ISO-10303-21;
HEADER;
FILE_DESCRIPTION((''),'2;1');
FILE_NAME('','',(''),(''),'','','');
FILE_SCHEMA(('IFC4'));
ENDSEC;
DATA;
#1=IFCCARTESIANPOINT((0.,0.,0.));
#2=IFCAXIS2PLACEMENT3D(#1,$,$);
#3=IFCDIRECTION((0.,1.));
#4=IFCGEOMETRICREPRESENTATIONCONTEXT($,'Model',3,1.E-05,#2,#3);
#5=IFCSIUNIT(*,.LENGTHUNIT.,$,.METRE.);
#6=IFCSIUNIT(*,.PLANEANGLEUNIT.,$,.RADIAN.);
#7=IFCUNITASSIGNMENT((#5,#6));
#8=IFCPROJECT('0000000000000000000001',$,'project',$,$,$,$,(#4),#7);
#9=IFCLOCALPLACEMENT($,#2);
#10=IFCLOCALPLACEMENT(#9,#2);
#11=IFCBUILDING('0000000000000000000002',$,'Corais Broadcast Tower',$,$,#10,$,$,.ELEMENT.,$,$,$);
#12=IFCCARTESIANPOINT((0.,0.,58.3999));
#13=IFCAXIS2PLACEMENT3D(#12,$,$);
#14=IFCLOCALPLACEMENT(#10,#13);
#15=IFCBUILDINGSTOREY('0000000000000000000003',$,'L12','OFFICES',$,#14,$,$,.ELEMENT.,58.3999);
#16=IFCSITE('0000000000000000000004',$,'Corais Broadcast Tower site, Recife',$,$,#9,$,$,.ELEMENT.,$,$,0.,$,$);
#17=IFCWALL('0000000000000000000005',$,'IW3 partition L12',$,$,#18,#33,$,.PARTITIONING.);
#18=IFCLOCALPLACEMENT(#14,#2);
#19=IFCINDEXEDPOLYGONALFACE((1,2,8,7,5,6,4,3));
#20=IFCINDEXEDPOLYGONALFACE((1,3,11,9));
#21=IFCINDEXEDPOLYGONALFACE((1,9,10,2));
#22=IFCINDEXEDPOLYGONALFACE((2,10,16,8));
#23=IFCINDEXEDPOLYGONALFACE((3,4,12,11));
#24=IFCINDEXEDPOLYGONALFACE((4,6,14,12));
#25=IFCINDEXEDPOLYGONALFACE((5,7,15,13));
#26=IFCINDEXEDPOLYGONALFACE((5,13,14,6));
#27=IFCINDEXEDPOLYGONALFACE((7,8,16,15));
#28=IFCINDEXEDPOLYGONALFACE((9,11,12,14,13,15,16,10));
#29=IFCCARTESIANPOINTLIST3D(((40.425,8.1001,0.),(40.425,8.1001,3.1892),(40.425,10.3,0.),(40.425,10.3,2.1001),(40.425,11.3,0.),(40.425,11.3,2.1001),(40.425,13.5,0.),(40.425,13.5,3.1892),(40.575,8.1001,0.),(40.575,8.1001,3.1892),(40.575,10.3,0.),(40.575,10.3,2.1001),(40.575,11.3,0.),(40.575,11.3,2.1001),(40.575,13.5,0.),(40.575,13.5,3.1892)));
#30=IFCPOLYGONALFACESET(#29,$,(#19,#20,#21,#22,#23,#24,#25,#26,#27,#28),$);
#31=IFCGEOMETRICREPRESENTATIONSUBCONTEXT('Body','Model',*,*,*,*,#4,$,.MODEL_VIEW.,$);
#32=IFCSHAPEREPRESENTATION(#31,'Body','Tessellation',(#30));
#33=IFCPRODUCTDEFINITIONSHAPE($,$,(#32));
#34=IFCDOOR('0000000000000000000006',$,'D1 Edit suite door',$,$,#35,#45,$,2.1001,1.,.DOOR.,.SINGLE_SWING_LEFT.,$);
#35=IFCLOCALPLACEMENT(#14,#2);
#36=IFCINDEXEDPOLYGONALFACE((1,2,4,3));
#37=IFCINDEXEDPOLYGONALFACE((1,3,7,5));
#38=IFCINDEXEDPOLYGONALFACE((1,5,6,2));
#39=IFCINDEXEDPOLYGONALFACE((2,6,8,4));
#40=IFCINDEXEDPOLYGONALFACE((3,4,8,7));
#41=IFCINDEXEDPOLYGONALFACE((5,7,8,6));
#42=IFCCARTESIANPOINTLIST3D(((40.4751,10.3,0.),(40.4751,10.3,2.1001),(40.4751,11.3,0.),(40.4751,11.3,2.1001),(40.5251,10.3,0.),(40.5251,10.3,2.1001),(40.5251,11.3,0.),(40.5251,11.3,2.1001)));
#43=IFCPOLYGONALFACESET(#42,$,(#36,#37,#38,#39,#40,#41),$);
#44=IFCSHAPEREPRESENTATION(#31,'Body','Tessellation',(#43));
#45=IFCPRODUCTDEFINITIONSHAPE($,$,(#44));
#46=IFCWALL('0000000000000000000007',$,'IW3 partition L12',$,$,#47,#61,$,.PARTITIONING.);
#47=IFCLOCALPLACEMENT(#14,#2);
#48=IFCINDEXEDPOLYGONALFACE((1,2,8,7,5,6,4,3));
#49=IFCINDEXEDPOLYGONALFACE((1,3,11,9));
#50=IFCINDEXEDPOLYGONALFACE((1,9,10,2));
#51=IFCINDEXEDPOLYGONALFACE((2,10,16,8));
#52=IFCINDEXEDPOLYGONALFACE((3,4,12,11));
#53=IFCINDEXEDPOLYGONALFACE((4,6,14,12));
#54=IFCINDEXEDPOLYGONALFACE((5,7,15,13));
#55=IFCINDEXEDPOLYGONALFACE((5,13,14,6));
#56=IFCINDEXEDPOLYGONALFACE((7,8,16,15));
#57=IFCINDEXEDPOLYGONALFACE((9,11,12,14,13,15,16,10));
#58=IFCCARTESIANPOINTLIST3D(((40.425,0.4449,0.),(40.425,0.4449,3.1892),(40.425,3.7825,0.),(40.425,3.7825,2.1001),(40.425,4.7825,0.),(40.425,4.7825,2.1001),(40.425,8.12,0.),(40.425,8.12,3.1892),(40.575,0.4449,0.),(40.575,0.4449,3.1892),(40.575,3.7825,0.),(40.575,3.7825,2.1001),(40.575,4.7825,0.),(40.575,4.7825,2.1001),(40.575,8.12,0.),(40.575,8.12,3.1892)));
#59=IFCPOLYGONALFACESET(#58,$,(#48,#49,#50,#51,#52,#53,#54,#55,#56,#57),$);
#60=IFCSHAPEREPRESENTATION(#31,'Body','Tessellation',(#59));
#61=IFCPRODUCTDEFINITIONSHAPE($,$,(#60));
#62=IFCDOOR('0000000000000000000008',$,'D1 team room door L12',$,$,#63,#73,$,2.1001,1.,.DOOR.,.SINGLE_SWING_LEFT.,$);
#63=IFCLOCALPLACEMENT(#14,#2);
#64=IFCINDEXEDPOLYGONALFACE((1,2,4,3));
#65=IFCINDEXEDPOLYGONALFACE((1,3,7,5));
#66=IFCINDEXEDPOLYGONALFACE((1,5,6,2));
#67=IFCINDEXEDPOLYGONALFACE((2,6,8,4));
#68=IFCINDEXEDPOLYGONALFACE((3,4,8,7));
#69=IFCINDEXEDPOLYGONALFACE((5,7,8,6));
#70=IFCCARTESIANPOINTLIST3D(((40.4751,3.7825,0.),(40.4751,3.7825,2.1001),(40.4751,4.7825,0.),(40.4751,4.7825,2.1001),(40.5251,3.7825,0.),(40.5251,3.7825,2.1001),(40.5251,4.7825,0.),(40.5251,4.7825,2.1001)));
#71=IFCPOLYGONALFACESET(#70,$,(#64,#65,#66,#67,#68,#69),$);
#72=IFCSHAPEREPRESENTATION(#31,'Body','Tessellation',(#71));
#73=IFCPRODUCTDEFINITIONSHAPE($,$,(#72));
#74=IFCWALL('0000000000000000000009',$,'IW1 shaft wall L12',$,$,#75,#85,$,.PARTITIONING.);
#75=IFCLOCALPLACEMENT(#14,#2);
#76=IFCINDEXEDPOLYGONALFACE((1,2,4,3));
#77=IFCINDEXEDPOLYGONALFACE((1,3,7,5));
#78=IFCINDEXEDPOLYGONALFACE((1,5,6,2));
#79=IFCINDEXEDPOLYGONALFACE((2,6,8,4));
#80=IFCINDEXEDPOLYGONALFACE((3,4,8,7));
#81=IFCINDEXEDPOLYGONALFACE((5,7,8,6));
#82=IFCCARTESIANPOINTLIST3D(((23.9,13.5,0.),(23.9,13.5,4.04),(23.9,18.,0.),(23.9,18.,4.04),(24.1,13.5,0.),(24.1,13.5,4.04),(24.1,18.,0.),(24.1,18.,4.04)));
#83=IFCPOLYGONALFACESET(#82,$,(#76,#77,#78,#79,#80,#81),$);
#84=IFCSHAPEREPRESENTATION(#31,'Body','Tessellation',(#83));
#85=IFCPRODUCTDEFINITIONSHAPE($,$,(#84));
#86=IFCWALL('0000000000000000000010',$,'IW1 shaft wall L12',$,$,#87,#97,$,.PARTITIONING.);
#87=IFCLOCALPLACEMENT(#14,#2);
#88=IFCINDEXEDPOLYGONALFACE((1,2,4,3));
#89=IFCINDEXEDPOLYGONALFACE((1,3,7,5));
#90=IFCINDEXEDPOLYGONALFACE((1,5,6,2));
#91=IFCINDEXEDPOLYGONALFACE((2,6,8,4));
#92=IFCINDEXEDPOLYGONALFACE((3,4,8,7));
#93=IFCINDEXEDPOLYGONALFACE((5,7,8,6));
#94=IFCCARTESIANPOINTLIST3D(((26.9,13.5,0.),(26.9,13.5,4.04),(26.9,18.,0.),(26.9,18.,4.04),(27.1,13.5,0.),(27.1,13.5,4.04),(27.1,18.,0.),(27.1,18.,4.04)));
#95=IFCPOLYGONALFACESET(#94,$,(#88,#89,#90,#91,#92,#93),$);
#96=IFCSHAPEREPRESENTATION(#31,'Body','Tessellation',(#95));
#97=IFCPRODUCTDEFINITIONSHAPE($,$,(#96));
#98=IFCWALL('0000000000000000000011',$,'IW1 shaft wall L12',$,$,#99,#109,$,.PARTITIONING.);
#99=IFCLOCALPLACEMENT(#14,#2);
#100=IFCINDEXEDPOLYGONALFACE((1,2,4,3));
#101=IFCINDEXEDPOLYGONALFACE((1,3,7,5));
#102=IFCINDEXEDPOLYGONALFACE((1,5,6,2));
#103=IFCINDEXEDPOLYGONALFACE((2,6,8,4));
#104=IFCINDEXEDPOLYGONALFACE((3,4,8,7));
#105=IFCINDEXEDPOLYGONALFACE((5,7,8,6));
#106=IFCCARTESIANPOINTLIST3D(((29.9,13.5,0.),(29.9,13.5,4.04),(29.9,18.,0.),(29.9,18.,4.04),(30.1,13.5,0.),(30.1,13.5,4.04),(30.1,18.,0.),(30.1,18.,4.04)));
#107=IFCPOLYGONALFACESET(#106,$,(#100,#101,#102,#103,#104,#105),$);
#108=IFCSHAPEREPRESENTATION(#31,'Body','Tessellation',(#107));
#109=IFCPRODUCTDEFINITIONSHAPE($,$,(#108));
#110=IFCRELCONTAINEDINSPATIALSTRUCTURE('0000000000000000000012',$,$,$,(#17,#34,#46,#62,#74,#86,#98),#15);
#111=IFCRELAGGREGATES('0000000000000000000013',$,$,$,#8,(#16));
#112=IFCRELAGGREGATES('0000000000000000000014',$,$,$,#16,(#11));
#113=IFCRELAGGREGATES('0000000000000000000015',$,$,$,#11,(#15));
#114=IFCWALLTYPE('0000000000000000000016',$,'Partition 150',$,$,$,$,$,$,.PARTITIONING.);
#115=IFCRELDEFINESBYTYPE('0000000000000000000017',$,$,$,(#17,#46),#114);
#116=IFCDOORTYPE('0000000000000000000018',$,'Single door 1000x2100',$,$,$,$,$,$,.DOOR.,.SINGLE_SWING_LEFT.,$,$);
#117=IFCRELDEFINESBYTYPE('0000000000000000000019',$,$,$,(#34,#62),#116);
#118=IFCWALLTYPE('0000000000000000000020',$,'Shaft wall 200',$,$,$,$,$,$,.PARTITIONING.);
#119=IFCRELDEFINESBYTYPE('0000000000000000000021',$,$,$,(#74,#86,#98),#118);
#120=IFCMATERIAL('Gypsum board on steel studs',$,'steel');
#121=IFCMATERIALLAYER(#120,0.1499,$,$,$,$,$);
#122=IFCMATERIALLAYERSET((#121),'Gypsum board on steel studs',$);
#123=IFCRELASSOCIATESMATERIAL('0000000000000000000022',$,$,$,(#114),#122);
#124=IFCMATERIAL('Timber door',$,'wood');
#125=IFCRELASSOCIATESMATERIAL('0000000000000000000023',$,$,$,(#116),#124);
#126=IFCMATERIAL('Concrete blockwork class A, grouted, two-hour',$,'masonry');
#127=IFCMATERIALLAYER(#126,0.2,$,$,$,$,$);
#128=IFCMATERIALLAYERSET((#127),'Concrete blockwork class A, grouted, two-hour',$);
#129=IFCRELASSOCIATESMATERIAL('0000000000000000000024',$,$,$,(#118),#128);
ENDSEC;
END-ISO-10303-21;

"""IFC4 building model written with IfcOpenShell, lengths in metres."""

from ifc_helpers import new_model, si_unit, direction, frame, frame_2d, origin, place, context, subcontext, project, spatial, rectangle, extrude, material, layer, layer_set, type_object, element, fill, save


model = new_model("IFC4")

# Units and contexts
model_context = context("Model", 3, precision=1e-05, world=origin(), true_north=direction((0.0, 1.0)))
body_context = subcontext(model_context, "Body", "Model", "MODEL_VIEW")
ifc_project = project(units=[si_unit("LENGTHUNIT", "METRE"), si_unit("PLANEANGLEUNIT", "RADIAN")], contexts=[model_context])

# Site, building, storey
site_placement = place(None, origin())
site = spatial("IfcSite", under=ifc_project, at=site_placement, Name="Corais Broadcast Tower site, Recife", CompositionType="ELEMENT", RefElevation=0.0)
building_placement = place(site_placement, origin())
building = spatial("IfcBuilding", under=site, at=building_placement, Name="Corais Broadcast Tower", CompositionType="ELEMENT")
storey_placement = place(building_placement, frame((0.0, 0.0, 58.3999)))
storey = spatial("IfcBuildingStorey", under=building, at=storey_placement, Name="L12", Description="OFFICES", CompositionType="ELEMENT", Elevation=58.3999)

# Shared definitions
ifc_material_1 = material(Name="Gypsum board on steel studs", Category="steel")
ifc_layer_1 = layer(ifc_material_1, 0.1499)
ifc_layer_set_1 = layer_set([ifc_layer_1], Name="Gypsum board on steel studs")
wall_type_1 = type_object("IfcWallType", Name="Partition 150", PredefinedType="PARTITIONING", material=ifc_layer_set_1)

# Shared definitions
ifc_material_2 = material(Name="Timber door", Category="wood")
door_type = type_object("IfcDoorType", Name="Single door 1000x2100", OperationType="SINGLE_SWING_LEFT", PredefinedType="DOOR", material=ifc_material_2)

# Walls, openings, doors
wall_1_placement = place(storey_placement, frame((40.5, 8.1001, 0.0), z_axis=(0.0, 0.0, 1.0), x_axis=(0.0, 1.0, 0.0)))
wall_1 = element("IfcWall", 1, at=wall_1_placement, inside=storey, type_object=wall_type_1, Name="IW3 partition L12", PredefinedType="PARTITIONING", context=body_context, shape_type="SweptSolid", body=[
    extrude(rectangle(XDim=5.3999, YDim=0.1499, at=frame_2d((2.7, 0.0))), origin(), (0.0, 0.0, 1.0), 3.1892),
])
opening_1_placement = place(wall_1_placement, frame((2.2, 0.0, 0.0)))
opening_1 = element("IfcOpeningElement", 2, at=opening_1_placement, cuts=wall_1, PredefinedType="OPENING", context=body_context, shape_type="SweptSolid", body=[
    extrude(rectangle(XDim=1.0, YDim=2.1001, at=frame_2d((0.5, 1.05))), frame((0.0, 0.085, 0.0), z_axis=(0.0, -1.0, 0.0), x_axis=(1.0, 0.0, 0.0)), (0.0, 0.0, 1.0), 0.1699),
])
door_1_placement = place(opening_1_placement, origin())
door_1 = element("IfcDoor", 3, at=door_1_placement, inside=storey, type_object=door_type, Name="D1 Edit suite door", OperationType="SINGLE_SWING_LEFT", OverallHeight=2.1001, OverallWidth=1.0, PredefinedType="DOOR", context=body_context, shape_type="SweptSolid", body=[
    extrude(rectangle(XDim=1.0, YDim=2.1001, at=frame_2d((0.5, 1.05))), frame((0.0, 0.0249, 0.0), z_axis=(0.0, -1.0, 0.0), x_axis=(1.0, 0.0, 0.0)), (0.0, 0.0, 1.0), 0.05),
])
fill(opening_1, door_1)
wall_2_placement = place(storey_placement, frame((40.5, 0.4451, 0.0), z_axis=(0.0, 0.0, 1.0), x_axis=(0.0, 1.0, 0.0)))
wall_2 = element("IfcWall", 4, at=wall_2_placement, inside=storey, type_object=wall_type_1, Name="IW3 partition L12", PredefinedType="PARTITIONING", context=body_context, shape_type="SweptSolid", body=[
    extrude(rectangle(XDim=7.675, YDim=0.1499, at=frame_2d((3.8374, 0.0))), origin(), (0.0, 0.0, 1.0), 3.1892),
])
opening_2_placement = place(wall_2_placement, frame((3.3374, 0.0, 0.0)))
opening_2 = element("IfcOpeningElement", 5, at=opening_2_placement, cuts=wall_2, PredefinedType="OPENING", context=body_context, shape_type="SweptSolid", body=[
    extrude(rectangle(XDim=1.0, YDim=2.1001, at=frame_2d((0.5, 1.05))), frame((0.0, 0.085, 0.0), z_axis=(0.0, -1.0, 0.0), x_axis=(1.0, 0.0, 0.0)), (0.0, 0.0, 1.0), 0.1699),
])
door_2_placement = place(opening_2_placement, origin())
door_2 = element("IfcDoor", 6, at=door_2_placement, inside=storey, type_object=door_type, Name="D1 team room door L12", OperationType="SINGLE_SWING_LEFT", OverallHeight=2.1001, OverallWidth=1.0, PredefinedType="DOOR", context=body_context, shape_type="SweptSolid", body=[
    extrude(rectangle(XDim=1.0, YDim=2.1001, at=frame_2d((0.5, 1.05))), frame((0.0, 0.0249, 0.0), z_axis=(0.0, -1.0, 0.0), x_axis=(1.0, 0.0, 0.0)), (0.0, 0.0, 1.0), 0.05),
])
fill(opening_2, door_2)

# Walls
ifc_material_3 = material(Name="Concrete blockwork class A, grouted, two-hour", Category="masonry")
ifc_layer_2 = layer(ifc_material_3, 0.2)
ifc_layer_set_2 = layer_set([ifc_layer_2], Name="Concrete blockwork class A, grouted, two-hour")
wall_type_2 = type_object("IfcWallType", Name="Shaft wall 200", PredefinedType="PARTITIONING", material=ifc_layer_set_2)
for number, where, z_axis, x_axis, name in (
    (7, (24.0, 13.5, 0.0), (0.0, 0.0, 1.0), (0.0, 1.0, 0.0), "IW1 shaft wall L12"),
    (8, (27.0, 13.5, 0.0), (0.0, 0.0, 1.0), (0.0, 1.0, 0.0), "IW1 shaft wall L12"),
    (9, (30.0, 13.5, 0.0), (0.0, 0.0, 1.0), (0.0, 1.0, 0.0), "IW1 shaft wall L12"),
):
    element("IfcWall", number, at=place(storey_placement, frame(where, z_axis=z_axis, x_axis=x_axis)), inside=storey, type_object=wall_type_2, Name=name, PredefinedType="PARTITIONING", context=body_context, shape_type="SweptSolid", body=[
        extrude(rectangle(XDim=4.5, YDim=0.2, at=frame_2d((2.25, 0.0))), origin(), (0.0, 0.0, 1.0), 4.04),
    ])

save(model, "model.ifc")
